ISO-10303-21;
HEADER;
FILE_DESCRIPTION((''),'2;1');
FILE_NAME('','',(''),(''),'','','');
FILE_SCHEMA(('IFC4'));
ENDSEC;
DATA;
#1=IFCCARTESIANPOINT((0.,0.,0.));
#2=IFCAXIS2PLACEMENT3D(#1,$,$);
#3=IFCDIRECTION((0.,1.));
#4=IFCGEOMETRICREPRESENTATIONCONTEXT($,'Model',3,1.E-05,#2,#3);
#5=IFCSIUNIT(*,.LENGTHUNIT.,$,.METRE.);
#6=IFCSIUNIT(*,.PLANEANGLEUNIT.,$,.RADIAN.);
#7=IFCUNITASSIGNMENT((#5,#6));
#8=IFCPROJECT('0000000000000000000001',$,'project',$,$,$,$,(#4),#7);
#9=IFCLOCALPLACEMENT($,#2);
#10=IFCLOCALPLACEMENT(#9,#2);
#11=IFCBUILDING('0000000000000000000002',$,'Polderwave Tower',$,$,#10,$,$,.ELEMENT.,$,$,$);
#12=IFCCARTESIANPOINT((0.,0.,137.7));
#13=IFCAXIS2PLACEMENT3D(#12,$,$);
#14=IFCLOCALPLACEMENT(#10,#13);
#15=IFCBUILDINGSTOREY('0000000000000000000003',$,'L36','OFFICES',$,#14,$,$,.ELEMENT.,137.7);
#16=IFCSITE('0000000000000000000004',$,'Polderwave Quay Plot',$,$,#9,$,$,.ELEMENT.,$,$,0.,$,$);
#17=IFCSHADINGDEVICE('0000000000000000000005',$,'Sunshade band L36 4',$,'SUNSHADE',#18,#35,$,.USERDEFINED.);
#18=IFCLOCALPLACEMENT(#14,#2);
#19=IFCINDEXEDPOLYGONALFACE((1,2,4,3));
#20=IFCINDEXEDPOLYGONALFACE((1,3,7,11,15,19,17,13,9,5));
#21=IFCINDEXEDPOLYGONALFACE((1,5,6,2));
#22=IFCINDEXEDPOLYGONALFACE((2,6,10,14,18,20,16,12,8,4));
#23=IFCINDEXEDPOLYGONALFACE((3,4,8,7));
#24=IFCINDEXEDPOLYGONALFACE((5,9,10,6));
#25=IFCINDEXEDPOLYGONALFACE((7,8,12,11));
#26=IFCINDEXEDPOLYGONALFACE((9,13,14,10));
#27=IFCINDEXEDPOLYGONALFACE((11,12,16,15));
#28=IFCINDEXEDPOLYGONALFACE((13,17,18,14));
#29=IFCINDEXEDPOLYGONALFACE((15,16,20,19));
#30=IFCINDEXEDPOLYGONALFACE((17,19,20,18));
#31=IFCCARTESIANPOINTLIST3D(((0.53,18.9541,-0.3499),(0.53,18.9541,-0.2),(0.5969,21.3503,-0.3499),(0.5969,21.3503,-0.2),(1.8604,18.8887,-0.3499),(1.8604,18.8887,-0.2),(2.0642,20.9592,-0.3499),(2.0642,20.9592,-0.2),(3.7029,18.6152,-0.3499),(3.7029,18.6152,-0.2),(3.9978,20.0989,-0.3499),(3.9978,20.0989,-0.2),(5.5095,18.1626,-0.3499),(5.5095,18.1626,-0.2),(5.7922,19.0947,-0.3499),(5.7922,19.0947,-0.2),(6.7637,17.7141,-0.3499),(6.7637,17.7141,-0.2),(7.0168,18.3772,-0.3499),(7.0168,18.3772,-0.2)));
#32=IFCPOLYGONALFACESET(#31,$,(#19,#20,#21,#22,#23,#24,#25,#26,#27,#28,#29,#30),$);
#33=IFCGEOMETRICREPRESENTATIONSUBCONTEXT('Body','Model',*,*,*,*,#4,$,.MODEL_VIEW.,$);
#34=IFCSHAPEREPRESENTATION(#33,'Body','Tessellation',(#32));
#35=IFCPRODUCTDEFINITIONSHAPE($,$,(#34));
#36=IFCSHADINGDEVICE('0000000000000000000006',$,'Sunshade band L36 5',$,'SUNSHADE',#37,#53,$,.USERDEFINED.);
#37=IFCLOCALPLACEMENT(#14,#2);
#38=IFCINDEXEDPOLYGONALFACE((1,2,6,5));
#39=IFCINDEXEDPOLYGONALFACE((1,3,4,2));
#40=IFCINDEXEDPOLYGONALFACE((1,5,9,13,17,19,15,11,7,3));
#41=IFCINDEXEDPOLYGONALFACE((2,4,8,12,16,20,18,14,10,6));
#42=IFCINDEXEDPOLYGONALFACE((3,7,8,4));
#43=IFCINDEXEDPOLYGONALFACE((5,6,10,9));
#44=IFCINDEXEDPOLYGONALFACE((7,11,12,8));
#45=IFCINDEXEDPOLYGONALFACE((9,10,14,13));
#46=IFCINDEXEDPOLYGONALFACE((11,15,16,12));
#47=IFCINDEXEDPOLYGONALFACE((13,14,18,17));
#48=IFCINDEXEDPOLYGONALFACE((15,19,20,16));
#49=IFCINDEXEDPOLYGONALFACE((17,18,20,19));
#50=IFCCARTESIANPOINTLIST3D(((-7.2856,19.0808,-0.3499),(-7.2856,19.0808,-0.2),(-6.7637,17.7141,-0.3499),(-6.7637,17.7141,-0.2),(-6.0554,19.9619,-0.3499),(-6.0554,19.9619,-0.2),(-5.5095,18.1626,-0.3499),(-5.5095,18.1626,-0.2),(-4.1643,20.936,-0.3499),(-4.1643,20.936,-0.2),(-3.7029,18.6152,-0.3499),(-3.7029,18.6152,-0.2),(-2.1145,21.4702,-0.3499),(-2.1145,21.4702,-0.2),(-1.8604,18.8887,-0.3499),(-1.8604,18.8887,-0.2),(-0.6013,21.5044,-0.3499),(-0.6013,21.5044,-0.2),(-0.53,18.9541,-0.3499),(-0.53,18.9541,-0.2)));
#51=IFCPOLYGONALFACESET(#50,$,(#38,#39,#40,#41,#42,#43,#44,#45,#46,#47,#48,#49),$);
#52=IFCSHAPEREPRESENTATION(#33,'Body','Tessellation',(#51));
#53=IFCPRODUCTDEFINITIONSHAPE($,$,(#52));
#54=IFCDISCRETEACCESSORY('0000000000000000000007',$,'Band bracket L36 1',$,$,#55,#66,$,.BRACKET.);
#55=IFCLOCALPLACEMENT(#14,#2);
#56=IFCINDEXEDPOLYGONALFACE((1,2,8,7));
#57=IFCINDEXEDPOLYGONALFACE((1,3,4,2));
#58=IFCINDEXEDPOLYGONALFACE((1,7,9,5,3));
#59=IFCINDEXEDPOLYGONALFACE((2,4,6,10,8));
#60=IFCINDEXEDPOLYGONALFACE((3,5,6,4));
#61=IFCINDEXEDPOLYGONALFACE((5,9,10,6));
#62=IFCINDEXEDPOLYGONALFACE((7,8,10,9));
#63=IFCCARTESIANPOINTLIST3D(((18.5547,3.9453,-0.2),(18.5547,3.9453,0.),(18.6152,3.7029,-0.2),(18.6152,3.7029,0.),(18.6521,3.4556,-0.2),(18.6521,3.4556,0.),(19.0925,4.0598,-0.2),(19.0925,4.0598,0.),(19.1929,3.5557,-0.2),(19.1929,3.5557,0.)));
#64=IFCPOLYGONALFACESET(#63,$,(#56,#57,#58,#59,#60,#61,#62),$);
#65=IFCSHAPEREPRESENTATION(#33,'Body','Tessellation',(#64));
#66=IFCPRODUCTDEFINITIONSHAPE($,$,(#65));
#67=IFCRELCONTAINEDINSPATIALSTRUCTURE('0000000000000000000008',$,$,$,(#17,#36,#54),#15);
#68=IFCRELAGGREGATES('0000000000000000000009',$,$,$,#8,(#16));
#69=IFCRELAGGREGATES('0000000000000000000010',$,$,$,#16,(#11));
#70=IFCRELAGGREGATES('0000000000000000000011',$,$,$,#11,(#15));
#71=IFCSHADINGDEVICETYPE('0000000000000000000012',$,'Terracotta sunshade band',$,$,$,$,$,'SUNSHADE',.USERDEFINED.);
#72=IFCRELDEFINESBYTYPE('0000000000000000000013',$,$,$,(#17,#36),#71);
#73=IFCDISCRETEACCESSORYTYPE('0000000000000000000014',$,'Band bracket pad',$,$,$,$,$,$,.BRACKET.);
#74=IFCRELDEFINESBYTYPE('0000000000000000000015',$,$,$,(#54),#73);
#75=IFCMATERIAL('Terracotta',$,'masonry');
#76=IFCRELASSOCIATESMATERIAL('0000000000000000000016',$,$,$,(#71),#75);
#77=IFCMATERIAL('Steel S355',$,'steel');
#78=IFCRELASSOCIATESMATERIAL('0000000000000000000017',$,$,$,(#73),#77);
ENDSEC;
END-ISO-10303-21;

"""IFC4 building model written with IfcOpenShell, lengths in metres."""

from ifc_helpers import new_model, si_unit, direction, frame, origin, place, context, subcontext, project, spatial, polyline, outline, extrude, material, type_object, element, save


model = new_model("IFC4")

# Units and contexts
model_context = context("Model", 3, precision=1e-05, world=origin(), true_north=direction((0.0, 1.0)))
body_context = subcontext(model_context, "Body", "Model", "MODEL_VIEW")
ifc_project = project(units=[si_unit("LENGTHUNIT", "METRE"), si_unit("PLANEANGLEUNIT", "RADIAN")], contexts=[model_context])

# Site, building, storey
site_placement = place(None, origin())
site = spatial("IfcSite", under=ifc_project, at=site_placement, Name="Polderwave Quay Plot", CompositionType="ELEMENT", RefElevation=0.0)
building_placement = place(site_placement, origin())
building = spatial("IfcBuilding", under=site, at=building_placement, Name="Polderwave Tower", CompositionType="ELEMENT")
storey_placement = place(building_placement, frame((0.0, 0.0, 137.7)))
storey = spatial("IfcBuildingStorey", under=building, at=storey_placement, Name="L36", Description="OFFICES", CompositionType="ELEMENT", Elevation=137.7)

# Shading devices
ifc_material_1 = material(Name="Terracotta", Category="masonry")
shading_device_type = type_object("IfcShadingDeviceType", Name="Terracotta sunshade band", ElementType="SUNSHADE", PredefinedType="USERDEFINED", material=ifc_material_1)
shading_device_1_placement = place(storey_placement, frame((0.0, 0.0, -0.3499)))
element("IfcShadingDevice", 1, at=shading_device_1_placement, inside=storey, type_object=shading_device_type, Name="Sunshade band L36 4", ObjectType="SUNSHADE", PredefinedType="USERDEFINED", context=body_context, shape_type="SweptSolid", body=[
    extrude(outline(polyline([(6.7637, 17.7141), (5.5095, 18.1626), (3.7029, 18.6152), (1.8604, 18.8887), (0.53, 18.9541), (0.5969, 21.3503), (2.0642, 20.9592), (3.9978, 20.0989), (5.7922, 19.0947), (7.0168, 18.3772), (6.7637, 17.7141)])), origin(), (0.0, 0.0, 1.0), 0.1499),
])
shading_device_2_placement = place(storey_placement, frame((0.0, 0.0, -0.3499)))
element("IfcShadingDevice", 2, at=shading_device_2_placement, inside=storey, type_object=shading_device_type, Name="Sunshade band L36 5", ObjectType="SUNSHADE", PredefinedType="USERDEFINED", context=body_context, shape_type="SweptSolid", body=[
    extrude(outline(polyline([(-0.53, 18.9541), (-1.8604, 18.8887), (-3.7029, 18.6152), (-5.5095, 18.1626), (-6.7637, 17.7141), (-7.2856, 19.0808), (-6.0554, 19.9619), (-4.1643, 20.936), (-2.1145, 21.4702), (-0.6013, 21.5044), (-0.53, 18.9541)])), origin(), (0.0, 0.0, 1.0), 0.1499),
])

# Discrete accessory
ifc_material_2 = material(Name="Steel S355", Category="steel")
discrete_accessory_type = type_object("IfcDiscreteAccessoryType", Name="Band bracket pad", PredefinedType="BRACKET", material=ifc_material_2)
discrete_accessory_placement = place(storey_placement, frame((0.0, 0.0, -0.2)))
element("IfcDiscreteAccessory", 3, at=discrete_accessory_placement, inside=storey, type_object=discrete_accessory_type, Name="Band bracket L36 1", PredefinedType="BRACKET", context=body_context, shape_type="SweptSolid", body=[
    extrude(outline(polyline([(18.6521, 3.4556), (18.6152, 3.7029), (18.5547, 3.9453), (19.0925, 4.0598), (19.1929, 3.5557), (18.6521, 3.4556)])), origin(), (0.0, 0.0, 1.0), 0.2),
])

save(model, "model.ifc")
